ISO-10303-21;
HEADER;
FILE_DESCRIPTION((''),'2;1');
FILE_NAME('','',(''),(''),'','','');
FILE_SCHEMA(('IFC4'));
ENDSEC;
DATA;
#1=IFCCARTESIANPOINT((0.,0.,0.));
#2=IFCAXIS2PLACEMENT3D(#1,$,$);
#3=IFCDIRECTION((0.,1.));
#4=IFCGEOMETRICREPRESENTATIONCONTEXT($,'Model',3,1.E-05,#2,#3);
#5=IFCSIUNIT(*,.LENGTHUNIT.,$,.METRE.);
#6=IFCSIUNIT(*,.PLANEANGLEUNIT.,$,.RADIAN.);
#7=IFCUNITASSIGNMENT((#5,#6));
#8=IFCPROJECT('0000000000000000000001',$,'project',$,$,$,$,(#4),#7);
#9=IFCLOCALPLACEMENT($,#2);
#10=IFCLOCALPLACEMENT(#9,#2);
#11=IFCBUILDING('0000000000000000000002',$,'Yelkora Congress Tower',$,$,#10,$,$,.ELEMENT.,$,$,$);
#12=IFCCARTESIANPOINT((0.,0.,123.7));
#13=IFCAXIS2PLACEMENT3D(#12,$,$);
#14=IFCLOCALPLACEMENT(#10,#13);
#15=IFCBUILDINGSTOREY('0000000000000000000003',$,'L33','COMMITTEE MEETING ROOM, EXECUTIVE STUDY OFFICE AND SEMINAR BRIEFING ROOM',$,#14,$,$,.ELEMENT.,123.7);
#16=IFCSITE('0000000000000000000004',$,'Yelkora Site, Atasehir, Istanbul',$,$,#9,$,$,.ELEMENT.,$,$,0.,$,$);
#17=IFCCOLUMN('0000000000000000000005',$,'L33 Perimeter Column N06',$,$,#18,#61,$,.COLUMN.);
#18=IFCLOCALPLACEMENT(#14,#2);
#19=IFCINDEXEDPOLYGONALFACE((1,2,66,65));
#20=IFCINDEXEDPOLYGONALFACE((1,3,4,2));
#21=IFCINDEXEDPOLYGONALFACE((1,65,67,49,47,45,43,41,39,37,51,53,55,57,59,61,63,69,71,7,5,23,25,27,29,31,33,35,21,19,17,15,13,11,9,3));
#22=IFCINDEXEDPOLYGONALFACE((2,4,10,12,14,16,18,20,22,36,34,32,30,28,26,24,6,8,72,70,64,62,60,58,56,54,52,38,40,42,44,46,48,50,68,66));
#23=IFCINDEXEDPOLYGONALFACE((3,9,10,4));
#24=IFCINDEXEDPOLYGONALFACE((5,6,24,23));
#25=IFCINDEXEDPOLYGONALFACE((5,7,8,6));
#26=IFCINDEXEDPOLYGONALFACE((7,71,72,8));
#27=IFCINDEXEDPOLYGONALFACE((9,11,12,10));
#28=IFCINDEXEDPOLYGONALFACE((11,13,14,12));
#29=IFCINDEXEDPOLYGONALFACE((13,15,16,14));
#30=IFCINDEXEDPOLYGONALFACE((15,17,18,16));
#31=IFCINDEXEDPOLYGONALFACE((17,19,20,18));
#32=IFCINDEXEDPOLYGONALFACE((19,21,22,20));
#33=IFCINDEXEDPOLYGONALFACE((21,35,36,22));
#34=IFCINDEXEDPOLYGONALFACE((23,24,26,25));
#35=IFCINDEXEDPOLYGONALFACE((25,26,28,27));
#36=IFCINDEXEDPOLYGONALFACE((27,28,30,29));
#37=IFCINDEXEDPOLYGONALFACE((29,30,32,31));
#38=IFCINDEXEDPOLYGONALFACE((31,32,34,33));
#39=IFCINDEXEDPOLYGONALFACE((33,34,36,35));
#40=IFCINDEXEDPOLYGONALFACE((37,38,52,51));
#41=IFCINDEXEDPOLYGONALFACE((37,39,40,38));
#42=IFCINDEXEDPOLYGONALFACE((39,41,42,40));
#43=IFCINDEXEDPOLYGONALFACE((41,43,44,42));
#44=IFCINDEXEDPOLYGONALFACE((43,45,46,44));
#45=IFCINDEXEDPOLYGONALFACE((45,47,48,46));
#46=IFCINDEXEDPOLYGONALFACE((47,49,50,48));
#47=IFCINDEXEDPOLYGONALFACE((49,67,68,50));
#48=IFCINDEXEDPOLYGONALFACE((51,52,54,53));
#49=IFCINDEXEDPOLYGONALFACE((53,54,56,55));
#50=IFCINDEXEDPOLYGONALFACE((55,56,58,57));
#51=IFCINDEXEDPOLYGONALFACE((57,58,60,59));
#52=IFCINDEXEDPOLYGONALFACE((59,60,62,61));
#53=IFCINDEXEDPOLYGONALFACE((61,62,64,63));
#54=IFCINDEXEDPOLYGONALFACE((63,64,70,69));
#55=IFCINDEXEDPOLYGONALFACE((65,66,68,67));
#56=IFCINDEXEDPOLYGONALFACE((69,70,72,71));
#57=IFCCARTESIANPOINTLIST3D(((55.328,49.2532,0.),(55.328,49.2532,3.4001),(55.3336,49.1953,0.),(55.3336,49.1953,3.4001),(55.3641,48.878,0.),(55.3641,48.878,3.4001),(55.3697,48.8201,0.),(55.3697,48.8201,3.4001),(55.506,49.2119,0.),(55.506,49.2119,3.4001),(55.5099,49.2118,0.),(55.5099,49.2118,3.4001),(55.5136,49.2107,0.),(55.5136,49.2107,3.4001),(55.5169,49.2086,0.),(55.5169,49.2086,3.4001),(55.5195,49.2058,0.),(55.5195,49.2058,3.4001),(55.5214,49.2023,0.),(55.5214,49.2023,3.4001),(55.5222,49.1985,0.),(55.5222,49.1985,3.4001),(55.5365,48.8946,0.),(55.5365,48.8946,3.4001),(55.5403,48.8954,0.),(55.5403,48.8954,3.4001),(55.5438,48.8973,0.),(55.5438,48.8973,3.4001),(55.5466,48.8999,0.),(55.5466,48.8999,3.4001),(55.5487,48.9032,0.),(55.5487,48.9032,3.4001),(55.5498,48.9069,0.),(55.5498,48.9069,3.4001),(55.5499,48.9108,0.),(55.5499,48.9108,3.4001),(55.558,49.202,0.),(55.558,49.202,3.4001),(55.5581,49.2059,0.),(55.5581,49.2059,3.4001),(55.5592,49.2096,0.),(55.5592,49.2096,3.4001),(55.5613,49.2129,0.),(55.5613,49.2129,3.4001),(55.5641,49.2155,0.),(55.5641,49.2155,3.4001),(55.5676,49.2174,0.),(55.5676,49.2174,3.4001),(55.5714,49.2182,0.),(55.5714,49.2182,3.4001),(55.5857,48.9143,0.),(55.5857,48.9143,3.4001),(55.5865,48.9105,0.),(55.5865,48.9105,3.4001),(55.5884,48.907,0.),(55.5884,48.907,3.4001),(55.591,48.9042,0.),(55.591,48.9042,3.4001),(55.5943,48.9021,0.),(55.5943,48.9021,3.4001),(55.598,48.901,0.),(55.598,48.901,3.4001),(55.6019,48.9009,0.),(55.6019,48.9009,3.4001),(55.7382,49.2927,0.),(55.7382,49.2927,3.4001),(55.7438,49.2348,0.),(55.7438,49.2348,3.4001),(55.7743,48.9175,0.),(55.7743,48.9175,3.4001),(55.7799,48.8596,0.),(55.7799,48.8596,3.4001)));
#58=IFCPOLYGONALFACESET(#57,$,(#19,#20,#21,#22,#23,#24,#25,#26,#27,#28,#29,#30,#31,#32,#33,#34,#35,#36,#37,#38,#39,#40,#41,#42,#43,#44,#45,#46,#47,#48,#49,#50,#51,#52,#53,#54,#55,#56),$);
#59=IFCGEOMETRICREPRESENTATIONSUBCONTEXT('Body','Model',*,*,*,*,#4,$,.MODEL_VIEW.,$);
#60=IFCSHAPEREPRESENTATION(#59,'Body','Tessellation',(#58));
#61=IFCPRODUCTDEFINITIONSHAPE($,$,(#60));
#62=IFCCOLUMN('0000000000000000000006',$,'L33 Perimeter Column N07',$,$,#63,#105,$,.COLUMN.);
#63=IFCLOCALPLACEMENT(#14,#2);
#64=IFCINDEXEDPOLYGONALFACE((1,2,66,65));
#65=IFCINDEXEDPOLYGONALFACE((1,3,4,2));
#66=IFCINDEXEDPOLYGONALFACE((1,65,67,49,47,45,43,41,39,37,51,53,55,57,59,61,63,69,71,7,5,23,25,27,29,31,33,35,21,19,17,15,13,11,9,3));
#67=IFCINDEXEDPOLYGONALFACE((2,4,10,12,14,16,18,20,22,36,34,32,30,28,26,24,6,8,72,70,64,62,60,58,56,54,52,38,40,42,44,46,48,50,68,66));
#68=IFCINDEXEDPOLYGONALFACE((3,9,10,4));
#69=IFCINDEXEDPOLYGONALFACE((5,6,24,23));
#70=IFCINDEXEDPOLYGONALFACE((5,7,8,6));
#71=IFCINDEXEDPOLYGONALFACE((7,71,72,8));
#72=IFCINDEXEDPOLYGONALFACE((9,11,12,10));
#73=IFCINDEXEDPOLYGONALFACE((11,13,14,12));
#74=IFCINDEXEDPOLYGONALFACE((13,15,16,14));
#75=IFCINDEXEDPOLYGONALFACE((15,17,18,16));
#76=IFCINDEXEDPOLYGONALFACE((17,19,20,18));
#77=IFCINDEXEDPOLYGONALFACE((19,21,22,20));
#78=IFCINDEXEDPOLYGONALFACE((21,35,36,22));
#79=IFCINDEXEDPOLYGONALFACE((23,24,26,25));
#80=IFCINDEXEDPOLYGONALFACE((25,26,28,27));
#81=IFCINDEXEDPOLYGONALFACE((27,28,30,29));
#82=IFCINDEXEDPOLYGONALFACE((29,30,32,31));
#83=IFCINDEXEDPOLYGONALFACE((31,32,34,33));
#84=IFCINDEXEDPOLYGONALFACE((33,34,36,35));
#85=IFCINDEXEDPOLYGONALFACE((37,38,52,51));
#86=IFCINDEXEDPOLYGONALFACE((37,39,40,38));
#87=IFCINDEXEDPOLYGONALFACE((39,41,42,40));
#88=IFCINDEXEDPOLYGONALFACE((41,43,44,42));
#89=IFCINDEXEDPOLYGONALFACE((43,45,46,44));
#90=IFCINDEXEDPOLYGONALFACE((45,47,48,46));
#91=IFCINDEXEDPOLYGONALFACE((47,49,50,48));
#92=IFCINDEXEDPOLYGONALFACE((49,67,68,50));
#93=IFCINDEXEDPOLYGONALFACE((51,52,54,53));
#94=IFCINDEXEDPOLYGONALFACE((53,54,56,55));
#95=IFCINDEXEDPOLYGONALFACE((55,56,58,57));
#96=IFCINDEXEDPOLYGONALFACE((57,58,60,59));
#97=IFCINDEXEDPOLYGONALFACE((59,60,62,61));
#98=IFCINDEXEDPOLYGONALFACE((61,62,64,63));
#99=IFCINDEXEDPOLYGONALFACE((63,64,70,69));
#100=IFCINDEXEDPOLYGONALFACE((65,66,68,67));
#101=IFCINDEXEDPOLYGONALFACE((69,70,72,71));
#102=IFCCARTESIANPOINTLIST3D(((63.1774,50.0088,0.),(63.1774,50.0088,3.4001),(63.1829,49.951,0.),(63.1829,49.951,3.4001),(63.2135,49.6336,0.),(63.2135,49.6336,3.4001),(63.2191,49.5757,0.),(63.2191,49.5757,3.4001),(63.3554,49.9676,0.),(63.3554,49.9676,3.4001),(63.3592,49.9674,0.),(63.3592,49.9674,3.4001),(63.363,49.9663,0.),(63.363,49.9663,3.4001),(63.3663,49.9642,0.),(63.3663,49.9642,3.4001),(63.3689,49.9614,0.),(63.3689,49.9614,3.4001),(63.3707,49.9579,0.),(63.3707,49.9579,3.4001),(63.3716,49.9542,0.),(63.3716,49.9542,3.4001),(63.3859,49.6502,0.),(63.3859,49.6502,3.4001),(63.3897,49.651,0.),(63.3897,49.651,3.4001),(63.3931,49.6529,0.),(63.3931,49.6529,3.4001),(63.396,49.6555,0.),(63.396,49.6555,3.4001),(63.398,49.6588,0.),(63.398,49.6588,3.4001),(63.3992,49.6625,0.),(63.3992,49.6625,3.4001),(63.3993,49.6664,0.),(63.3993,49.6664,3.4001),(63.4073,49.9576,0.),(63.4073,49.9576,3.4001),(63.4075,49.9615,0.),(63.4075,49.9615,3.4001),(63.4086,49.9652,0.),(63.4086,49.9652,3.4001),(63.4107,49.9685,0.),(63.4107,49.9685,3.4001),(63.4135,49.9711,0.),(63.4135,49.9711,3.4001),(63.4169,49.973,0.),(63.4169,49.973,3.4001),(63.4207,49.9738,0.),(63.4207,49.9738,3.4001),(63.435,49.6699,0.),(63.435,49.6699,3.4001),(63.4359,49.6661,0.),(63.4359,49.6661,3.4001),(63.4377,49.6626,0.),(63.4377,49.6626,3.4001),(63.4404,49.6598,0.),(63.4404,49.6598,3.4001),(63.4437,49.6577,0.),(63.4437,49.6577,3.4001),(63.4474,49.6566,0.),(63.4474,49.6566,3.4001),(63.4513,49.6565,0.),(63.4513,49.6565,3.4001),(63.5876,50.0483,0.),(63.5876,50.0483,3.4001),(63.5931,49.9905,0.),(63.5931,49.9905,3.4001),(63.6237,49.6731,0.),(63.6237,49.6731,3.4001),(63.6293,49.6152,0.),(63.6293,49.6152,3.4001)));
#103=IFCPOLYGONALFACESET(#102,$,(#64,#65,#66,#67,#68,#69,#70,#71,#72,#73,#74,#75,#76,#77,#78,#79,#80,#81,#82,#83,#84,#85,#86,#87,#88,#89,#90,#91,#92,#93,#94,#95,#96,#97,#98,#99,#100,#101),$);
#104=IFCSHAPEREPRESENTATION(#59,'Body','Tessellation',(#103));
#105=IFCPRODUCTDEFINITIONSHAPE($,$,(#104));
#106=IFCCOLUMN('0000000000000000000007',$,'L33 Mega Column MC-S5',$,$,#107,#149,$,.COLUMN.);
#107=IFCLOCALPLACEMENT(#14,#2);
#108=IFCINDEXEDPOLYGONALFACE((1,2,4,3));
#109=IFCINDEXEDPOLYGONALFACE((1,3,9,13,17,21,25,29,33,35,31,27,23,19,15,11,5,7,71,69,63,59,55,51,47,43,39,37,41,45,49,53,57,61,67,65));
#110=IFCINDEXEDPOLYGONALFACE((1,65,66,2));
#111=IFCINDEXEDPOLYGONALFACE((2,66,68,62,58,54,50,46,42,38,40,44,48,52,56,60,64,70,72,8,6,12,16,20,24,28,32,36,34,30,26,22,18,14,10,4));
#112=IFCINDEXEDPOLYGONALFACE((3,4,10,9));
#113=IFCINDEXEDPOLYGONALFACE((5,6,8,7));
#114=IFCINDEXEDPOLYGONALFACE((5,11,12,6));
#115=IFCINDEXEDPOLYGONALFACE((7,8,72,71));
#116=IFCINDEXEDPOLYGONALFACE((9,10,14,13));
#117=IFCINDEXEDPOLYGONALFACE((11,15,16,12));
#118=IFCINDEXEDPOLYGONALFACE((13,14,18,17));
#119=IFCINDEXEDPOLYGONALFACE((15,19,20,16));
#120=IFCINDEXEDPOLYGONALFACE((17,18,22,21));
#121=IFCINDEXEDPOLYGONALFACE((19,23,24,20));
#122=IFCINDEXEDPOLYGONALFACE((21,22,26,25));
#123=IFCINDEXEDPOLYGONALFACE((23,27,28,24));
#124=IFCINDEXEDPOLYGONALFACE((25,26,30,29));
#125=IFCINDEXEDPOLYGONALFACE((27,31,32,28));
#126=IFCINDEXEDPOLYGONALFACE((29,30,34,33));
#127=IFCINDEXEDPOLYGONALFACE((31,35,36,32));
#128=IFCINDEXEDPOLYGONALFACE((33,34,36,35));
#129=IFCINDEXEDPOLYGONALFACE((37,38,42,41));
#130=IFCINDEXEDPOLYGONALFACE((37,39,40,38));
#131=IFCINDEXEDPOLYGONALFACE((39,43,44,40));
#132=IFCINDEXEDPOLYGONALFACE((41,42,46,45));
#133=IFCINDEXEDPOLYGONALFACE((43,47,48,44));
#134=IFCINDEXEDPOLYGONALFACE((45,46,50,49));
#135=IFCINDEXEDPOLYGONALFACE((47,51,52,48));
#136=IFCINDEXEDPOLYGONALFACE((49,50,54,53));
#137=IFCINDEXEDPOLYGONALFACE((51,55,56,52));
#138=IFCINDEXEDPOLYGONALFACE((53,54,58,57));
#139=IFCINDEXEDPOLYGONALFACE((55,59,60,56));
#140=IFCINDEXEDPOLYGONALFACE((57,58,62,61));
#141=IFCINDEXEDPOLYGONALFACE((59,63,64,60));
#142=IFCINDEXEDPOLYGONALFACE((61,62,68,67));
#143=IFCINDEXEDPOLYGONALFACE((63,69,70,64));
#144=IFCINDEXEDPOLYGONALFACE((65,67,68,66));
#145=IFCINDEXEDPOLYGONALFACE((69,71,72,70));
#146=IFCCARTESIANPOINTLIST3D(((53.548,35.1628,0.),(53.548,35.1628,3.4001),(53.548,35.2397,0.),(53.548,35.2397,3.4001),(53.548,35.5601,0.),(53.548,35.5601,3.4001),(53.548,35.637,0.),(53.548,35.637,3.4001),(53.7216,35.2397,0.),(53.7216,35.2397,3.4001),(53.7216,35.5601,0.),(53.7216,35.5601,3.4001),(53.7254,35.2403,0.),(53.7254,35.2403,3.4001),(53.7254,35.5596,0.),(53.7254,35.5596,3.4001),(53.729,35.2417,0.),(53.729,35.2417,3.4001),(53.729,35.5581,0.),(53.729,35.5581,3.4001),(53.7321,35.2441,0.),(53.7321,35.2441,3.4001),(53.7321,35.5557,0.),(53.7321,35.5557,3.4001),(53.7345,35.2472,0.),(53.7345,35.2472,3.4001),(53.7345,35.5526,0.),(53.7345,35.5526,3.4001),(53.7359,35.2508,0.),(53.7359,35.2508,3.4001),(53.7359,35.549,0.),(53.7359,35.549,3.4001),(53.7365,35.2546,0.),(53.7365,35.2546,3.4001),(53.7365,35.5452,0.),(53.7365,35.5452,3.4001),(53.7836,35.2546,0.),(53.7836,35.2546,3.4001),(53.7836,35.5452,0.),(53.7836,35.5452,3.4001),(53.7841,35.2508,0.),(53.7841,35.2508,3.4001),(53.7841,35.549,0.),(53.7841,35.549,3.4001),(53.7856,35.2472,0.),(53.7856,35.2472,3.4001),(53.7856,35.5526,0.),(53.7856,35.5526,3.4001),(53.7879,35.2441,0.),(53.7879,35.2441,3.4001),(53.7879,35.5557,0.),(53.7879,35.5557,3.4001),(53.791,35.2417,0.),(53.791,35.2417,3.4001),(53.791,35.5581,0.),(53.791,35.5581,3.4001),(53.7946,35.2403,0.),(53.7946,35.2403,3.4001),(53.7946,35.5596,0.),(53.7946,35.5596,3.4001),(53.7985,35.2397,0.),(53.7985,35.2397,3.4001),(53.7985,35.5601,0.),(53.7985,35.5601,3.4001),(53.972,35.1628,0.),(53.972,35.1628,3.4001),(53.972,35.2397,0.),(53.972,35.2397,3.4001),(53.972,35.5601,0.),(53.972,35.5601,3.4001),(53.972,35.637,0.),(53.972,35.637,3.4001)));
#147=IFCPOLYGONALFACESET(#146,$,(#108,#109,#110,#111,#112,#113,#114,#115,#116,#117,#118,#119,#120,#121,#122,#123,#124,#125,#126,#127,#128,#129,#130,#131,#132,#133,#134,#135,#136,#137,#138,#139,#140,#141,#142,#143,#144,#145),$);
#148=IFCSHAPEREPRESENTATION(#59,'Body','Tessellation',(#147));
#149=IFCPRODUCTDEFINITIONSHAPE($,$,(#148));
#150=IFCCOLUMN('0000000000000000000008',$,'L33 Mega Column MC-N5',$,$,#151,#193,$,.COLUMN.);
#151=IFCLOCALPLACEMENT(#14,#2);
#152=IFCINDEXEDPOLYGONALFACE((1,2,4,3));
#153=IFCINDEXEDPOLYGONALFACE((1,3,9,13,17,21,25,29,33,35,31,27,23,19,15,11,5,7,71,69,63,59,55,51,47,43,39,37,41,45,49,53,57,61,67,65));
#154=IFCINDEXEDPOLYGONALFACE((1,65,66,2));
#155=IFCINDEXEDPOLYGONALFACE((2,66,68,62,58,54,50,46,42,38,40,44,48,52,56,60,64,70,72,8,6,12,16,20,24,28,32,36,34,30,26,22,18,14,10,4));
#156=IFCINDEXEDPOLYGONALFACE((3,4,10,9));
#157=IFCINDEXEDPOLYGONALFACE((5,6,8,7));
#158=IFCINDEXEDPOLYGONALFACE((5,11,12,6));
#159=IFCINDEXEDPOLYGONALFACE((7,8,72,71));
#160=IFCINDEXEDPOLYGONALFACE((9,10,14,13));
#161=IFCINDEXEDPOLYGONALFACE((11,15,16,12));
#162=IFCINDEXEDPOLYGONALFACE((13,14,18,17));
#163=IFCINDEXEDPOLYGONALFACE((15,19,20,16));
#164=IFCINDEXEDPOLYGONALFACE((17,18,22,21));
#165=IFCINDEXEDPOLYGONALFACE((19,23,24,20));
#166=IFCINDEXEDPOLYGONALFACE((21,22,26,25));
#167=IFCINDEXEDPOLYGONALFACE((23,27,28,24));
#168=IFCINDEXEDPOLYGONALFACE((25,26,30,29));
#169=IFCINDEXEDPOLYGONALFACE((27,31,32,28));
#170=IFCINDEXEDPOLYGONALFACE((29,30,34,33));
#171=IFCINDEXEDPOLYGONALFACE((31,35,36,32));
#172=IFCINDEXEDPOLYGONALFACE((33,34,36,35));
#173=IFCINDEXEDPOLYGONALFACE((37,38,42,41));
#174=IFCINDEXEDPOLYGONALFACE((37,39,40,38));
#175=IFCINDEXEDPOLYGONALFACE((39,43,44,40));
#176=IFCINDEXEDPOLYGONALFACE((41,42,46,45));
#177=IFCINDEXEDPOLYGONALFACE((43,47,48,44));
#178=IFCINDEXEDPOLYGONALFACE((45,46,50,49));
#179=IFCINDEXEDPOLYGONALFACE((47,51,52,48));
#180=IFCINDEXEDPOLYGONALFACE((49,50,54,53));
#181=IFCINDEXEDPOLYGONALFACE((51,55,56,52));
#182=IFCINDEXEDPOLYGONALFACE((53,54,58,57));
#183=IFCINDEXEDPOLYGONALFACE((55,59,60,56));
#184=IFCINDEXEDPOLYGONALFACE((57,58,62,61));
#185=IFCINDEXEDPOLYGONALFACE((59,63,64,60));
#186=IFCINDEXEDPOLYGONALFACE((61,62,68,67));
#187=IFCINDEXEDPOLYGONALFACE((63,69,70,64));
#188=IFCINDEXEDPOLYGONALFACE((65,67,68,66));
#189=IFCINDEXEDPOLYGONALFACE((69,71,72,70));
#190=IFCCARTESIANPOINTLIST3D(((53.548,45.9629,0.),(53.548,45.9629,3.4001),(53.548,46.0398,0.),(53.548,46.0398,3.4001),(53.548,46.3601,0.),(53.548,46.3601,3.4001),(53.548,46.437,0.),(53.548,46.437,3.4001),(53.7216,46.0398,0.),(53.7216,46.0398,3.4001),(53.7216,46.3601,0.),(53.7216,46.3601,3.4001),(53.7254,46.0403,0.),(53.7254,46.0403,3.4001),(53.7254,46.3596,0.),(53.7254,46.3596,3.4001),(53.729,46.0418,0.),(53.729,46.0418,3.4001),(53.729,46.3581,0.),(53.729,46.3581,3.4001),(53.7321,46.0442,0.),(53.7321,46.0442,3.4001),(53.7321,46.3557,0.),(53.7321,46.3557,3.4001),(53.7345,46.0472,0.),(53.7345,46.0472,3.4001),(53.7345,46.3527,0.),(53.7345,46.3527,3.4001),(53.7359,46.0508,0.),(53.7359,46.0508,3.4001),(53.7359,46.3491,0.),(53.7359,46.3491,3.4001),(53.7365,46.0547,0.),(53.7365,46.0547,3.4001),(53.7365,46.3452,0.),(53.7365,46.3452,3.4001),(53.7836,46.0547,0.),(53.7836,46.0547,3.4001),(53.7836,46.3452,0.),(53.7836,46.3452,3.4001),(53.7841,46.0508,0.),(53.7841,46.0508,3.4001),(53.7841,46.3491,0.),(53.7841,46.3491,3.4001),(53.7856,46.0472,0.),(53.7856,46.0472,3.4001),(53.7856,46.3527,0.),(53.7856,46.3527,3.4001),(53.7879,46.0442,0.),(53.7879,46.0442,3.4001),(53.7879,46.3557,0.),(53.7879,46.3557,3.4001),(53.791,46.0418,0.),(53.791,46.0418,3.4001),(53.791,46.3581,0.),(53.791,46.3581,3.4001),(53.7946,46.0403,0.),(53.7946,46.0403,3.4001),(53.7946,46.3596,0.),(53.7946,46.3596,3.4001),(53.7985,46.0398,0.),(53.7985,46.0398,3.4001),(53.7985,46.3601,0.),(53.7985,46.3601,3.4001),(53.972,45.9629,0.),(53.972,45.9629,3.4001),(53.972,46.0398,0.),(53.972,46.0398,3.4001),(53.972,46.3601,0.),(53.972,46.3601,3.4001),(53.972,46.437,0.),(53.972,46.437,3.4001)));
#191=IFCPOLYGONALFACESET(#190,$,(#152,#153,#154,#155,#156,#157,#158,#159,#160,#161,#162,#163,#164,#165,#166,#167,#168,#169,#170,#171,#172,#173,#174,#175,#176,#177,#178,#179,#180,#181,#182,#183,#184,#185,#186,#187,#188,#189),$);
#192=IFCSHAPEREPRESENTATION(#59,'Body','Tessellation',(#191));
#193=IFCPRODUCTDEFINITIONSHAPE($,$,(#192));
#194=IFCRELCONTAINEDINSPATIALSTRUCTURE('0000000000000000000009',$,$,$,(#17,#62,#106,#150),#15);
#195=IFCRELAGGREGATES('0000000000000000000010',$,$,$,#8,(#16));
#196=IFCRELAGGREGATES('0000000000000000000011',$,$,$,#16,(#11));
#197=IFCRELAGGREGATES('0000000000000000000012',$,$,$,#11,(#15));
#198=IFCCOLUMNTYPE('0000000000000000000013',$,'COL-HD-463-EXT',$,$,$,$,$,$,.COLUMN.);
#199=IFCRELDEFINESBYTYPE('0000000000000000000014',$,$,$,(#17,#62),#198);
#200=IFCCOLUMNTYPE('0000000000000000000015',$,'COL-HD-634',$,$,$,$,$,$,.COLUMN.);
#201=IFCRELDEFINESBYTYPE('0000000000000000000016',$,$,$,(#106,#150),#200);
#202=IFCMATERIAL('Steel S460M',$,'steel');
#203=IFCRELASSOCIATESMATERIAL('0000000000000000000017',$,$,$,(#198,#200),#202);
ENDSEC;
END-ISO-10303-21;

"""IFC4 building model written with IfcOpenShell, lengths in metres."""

from ifc_helpers import new_model, si_unit, direction, frame, origin, origin_2d, place, context, subcontext, project, spatial, i_section, extrude, material, material_profile, profile_set, type_object, element, save


model = new_model("IFC4")

# Units and contexts
model_context = context("Model", 3, precision=1e-05, world=origin(), true_north=direction((0.0, 1.0)))
body_context = subcontext(model_context, "Body", "Model", "MODEL_VIEW")
ifc_project = project(units=[si_unit("LENGTHUNIT", "METRE"), si_unit("PLANEANGLEUNIT", "RADIAN")], contexts=[model_context])

# Site, building, storey
site_placement = place(None, origin())
site = spatial("IfcSite", under=ifc_project, at=site_placement, Name="Yelkora Site, Atasehir, Istanbul", CompositionType="ELEMENT", RefElevation=0.0)
building_placement = place(site_placement, origin())
building = spatial("IfcBuilding", under=site, at=building_placement, Name="Yelkora Congress Tower", CompositionType="ELEMENT")
storey_placement = place(building_placement, frame((0.0, 0.0, 123.7)))
storey = spatial("IfcBuildingStorey", under=building, at=storey_placement, Name="L33", Description="COMMITTEE MEETING ROOM, EXECUTIVE STUDY OFFICE AND SEMINAR BRIEFING ROOM", CompositionType="ELEMENT", Elevation=123.7)

# Columns
ifc_material_1 = material(Name="Steel S460M", Category="steel")
ifc_material_profile_1 = material_profile(ifc_material_1, i_section(OverallWidth=0.4121, OverallDepth=0.4351, WebThickness=0.0359, FlangeThickness=0.0581, FilletRadius=0.0149, at=origin_2d()), Name="HD 400x463")
ifc_profile_set_1 = profile_set([ifc_material_profile_1], Name="Steel S460M")
column_type_1 = type_object("IfcColumnType", Name="COL-HD-463-EXT", PredefinedType="COLUMN", material=ifc_profile_set_1)
for number, where, z_axis, x_axis, name in (
    (1, (55.554, 49.0564, 0.0), (0.0, 0.0, 1.0), (0.995396, 0.095846, 0.0), "L33 Perimeter Column N06"),
    (2, (63.4033, 49.812, 0.0), (0.0, 0.0, 1.0), (0.995396, 0.095846, 0.0), "L33 Perimeter Column N07"),
):
    element("IfcColumn", number, at=place(storey_placement, frame(where, z_axis=z_axis, x_axis=x_axis)), inside=storey, type_object=column_type_1, Name=name, PredefinedType="COLUMN", context=body_context, shape_type="SweptSolid", body=[
        extrude(i_section(OverallWidth=0.4121, OverallDepth=0.4351, WebThickness=0.0359, FlangeThickness=0.0581, FilletRadius=0.0149, at=origin_2d()), origin(), (0.0, 0.0, 1.0), 3.4001),
    ])
ifc_material_profile_2 = material_profile(ifc_material_1, i_section(OverallWidth=0.4241, OverallDepth=0.4741, WebThickness=0.0471, FlangeThickness=0.0769, FilletRadius=0.0149, at=origin_2d()), Name="HD 400x634")
ifc_profile_set_2 = profile_set([ifc_material_profile_2], Name="Steel S460M")
column_type_2 = type_object("IfcColumnType", Name="COL-HD-634", PredefinedType="COLUMN", material=ifc_profile_set_2)
for number, where, z_axis, x_axis, name in (
    (3, (53.76, 35.3999, 0.0), (0.0, 0.0, 1.0), (1.0, 0.0, 0.0), "L33 Mega Column MC-S5"),
    (4, (53.76, 46.2, 0.0), (0.0, 0.0, 1.0), (1.0, 0.0, 0.0), "L33 Mega Column MC-N5"),
):
    element("IfcColumn", number, at=place(storey_placement, frame(where, z_axis=z_axis, x_axis=x_axis)), inside=storey, type_object=column_type_2, Name=name, PredefinedType="COLUMN", context=body_context, shape_type="SweptSolid", body=[
        extrude(i_section(OverallWidth=0.4241, OverallDepth=0.4741, WebThickness=0.0471, FlangeThickness=0.0769, FilletRadius=0.0149, at=origin_2d()), origin(), (0.0, 0.0, 1.0), 3.4001),
    ])

save(model, "model.ifc")
